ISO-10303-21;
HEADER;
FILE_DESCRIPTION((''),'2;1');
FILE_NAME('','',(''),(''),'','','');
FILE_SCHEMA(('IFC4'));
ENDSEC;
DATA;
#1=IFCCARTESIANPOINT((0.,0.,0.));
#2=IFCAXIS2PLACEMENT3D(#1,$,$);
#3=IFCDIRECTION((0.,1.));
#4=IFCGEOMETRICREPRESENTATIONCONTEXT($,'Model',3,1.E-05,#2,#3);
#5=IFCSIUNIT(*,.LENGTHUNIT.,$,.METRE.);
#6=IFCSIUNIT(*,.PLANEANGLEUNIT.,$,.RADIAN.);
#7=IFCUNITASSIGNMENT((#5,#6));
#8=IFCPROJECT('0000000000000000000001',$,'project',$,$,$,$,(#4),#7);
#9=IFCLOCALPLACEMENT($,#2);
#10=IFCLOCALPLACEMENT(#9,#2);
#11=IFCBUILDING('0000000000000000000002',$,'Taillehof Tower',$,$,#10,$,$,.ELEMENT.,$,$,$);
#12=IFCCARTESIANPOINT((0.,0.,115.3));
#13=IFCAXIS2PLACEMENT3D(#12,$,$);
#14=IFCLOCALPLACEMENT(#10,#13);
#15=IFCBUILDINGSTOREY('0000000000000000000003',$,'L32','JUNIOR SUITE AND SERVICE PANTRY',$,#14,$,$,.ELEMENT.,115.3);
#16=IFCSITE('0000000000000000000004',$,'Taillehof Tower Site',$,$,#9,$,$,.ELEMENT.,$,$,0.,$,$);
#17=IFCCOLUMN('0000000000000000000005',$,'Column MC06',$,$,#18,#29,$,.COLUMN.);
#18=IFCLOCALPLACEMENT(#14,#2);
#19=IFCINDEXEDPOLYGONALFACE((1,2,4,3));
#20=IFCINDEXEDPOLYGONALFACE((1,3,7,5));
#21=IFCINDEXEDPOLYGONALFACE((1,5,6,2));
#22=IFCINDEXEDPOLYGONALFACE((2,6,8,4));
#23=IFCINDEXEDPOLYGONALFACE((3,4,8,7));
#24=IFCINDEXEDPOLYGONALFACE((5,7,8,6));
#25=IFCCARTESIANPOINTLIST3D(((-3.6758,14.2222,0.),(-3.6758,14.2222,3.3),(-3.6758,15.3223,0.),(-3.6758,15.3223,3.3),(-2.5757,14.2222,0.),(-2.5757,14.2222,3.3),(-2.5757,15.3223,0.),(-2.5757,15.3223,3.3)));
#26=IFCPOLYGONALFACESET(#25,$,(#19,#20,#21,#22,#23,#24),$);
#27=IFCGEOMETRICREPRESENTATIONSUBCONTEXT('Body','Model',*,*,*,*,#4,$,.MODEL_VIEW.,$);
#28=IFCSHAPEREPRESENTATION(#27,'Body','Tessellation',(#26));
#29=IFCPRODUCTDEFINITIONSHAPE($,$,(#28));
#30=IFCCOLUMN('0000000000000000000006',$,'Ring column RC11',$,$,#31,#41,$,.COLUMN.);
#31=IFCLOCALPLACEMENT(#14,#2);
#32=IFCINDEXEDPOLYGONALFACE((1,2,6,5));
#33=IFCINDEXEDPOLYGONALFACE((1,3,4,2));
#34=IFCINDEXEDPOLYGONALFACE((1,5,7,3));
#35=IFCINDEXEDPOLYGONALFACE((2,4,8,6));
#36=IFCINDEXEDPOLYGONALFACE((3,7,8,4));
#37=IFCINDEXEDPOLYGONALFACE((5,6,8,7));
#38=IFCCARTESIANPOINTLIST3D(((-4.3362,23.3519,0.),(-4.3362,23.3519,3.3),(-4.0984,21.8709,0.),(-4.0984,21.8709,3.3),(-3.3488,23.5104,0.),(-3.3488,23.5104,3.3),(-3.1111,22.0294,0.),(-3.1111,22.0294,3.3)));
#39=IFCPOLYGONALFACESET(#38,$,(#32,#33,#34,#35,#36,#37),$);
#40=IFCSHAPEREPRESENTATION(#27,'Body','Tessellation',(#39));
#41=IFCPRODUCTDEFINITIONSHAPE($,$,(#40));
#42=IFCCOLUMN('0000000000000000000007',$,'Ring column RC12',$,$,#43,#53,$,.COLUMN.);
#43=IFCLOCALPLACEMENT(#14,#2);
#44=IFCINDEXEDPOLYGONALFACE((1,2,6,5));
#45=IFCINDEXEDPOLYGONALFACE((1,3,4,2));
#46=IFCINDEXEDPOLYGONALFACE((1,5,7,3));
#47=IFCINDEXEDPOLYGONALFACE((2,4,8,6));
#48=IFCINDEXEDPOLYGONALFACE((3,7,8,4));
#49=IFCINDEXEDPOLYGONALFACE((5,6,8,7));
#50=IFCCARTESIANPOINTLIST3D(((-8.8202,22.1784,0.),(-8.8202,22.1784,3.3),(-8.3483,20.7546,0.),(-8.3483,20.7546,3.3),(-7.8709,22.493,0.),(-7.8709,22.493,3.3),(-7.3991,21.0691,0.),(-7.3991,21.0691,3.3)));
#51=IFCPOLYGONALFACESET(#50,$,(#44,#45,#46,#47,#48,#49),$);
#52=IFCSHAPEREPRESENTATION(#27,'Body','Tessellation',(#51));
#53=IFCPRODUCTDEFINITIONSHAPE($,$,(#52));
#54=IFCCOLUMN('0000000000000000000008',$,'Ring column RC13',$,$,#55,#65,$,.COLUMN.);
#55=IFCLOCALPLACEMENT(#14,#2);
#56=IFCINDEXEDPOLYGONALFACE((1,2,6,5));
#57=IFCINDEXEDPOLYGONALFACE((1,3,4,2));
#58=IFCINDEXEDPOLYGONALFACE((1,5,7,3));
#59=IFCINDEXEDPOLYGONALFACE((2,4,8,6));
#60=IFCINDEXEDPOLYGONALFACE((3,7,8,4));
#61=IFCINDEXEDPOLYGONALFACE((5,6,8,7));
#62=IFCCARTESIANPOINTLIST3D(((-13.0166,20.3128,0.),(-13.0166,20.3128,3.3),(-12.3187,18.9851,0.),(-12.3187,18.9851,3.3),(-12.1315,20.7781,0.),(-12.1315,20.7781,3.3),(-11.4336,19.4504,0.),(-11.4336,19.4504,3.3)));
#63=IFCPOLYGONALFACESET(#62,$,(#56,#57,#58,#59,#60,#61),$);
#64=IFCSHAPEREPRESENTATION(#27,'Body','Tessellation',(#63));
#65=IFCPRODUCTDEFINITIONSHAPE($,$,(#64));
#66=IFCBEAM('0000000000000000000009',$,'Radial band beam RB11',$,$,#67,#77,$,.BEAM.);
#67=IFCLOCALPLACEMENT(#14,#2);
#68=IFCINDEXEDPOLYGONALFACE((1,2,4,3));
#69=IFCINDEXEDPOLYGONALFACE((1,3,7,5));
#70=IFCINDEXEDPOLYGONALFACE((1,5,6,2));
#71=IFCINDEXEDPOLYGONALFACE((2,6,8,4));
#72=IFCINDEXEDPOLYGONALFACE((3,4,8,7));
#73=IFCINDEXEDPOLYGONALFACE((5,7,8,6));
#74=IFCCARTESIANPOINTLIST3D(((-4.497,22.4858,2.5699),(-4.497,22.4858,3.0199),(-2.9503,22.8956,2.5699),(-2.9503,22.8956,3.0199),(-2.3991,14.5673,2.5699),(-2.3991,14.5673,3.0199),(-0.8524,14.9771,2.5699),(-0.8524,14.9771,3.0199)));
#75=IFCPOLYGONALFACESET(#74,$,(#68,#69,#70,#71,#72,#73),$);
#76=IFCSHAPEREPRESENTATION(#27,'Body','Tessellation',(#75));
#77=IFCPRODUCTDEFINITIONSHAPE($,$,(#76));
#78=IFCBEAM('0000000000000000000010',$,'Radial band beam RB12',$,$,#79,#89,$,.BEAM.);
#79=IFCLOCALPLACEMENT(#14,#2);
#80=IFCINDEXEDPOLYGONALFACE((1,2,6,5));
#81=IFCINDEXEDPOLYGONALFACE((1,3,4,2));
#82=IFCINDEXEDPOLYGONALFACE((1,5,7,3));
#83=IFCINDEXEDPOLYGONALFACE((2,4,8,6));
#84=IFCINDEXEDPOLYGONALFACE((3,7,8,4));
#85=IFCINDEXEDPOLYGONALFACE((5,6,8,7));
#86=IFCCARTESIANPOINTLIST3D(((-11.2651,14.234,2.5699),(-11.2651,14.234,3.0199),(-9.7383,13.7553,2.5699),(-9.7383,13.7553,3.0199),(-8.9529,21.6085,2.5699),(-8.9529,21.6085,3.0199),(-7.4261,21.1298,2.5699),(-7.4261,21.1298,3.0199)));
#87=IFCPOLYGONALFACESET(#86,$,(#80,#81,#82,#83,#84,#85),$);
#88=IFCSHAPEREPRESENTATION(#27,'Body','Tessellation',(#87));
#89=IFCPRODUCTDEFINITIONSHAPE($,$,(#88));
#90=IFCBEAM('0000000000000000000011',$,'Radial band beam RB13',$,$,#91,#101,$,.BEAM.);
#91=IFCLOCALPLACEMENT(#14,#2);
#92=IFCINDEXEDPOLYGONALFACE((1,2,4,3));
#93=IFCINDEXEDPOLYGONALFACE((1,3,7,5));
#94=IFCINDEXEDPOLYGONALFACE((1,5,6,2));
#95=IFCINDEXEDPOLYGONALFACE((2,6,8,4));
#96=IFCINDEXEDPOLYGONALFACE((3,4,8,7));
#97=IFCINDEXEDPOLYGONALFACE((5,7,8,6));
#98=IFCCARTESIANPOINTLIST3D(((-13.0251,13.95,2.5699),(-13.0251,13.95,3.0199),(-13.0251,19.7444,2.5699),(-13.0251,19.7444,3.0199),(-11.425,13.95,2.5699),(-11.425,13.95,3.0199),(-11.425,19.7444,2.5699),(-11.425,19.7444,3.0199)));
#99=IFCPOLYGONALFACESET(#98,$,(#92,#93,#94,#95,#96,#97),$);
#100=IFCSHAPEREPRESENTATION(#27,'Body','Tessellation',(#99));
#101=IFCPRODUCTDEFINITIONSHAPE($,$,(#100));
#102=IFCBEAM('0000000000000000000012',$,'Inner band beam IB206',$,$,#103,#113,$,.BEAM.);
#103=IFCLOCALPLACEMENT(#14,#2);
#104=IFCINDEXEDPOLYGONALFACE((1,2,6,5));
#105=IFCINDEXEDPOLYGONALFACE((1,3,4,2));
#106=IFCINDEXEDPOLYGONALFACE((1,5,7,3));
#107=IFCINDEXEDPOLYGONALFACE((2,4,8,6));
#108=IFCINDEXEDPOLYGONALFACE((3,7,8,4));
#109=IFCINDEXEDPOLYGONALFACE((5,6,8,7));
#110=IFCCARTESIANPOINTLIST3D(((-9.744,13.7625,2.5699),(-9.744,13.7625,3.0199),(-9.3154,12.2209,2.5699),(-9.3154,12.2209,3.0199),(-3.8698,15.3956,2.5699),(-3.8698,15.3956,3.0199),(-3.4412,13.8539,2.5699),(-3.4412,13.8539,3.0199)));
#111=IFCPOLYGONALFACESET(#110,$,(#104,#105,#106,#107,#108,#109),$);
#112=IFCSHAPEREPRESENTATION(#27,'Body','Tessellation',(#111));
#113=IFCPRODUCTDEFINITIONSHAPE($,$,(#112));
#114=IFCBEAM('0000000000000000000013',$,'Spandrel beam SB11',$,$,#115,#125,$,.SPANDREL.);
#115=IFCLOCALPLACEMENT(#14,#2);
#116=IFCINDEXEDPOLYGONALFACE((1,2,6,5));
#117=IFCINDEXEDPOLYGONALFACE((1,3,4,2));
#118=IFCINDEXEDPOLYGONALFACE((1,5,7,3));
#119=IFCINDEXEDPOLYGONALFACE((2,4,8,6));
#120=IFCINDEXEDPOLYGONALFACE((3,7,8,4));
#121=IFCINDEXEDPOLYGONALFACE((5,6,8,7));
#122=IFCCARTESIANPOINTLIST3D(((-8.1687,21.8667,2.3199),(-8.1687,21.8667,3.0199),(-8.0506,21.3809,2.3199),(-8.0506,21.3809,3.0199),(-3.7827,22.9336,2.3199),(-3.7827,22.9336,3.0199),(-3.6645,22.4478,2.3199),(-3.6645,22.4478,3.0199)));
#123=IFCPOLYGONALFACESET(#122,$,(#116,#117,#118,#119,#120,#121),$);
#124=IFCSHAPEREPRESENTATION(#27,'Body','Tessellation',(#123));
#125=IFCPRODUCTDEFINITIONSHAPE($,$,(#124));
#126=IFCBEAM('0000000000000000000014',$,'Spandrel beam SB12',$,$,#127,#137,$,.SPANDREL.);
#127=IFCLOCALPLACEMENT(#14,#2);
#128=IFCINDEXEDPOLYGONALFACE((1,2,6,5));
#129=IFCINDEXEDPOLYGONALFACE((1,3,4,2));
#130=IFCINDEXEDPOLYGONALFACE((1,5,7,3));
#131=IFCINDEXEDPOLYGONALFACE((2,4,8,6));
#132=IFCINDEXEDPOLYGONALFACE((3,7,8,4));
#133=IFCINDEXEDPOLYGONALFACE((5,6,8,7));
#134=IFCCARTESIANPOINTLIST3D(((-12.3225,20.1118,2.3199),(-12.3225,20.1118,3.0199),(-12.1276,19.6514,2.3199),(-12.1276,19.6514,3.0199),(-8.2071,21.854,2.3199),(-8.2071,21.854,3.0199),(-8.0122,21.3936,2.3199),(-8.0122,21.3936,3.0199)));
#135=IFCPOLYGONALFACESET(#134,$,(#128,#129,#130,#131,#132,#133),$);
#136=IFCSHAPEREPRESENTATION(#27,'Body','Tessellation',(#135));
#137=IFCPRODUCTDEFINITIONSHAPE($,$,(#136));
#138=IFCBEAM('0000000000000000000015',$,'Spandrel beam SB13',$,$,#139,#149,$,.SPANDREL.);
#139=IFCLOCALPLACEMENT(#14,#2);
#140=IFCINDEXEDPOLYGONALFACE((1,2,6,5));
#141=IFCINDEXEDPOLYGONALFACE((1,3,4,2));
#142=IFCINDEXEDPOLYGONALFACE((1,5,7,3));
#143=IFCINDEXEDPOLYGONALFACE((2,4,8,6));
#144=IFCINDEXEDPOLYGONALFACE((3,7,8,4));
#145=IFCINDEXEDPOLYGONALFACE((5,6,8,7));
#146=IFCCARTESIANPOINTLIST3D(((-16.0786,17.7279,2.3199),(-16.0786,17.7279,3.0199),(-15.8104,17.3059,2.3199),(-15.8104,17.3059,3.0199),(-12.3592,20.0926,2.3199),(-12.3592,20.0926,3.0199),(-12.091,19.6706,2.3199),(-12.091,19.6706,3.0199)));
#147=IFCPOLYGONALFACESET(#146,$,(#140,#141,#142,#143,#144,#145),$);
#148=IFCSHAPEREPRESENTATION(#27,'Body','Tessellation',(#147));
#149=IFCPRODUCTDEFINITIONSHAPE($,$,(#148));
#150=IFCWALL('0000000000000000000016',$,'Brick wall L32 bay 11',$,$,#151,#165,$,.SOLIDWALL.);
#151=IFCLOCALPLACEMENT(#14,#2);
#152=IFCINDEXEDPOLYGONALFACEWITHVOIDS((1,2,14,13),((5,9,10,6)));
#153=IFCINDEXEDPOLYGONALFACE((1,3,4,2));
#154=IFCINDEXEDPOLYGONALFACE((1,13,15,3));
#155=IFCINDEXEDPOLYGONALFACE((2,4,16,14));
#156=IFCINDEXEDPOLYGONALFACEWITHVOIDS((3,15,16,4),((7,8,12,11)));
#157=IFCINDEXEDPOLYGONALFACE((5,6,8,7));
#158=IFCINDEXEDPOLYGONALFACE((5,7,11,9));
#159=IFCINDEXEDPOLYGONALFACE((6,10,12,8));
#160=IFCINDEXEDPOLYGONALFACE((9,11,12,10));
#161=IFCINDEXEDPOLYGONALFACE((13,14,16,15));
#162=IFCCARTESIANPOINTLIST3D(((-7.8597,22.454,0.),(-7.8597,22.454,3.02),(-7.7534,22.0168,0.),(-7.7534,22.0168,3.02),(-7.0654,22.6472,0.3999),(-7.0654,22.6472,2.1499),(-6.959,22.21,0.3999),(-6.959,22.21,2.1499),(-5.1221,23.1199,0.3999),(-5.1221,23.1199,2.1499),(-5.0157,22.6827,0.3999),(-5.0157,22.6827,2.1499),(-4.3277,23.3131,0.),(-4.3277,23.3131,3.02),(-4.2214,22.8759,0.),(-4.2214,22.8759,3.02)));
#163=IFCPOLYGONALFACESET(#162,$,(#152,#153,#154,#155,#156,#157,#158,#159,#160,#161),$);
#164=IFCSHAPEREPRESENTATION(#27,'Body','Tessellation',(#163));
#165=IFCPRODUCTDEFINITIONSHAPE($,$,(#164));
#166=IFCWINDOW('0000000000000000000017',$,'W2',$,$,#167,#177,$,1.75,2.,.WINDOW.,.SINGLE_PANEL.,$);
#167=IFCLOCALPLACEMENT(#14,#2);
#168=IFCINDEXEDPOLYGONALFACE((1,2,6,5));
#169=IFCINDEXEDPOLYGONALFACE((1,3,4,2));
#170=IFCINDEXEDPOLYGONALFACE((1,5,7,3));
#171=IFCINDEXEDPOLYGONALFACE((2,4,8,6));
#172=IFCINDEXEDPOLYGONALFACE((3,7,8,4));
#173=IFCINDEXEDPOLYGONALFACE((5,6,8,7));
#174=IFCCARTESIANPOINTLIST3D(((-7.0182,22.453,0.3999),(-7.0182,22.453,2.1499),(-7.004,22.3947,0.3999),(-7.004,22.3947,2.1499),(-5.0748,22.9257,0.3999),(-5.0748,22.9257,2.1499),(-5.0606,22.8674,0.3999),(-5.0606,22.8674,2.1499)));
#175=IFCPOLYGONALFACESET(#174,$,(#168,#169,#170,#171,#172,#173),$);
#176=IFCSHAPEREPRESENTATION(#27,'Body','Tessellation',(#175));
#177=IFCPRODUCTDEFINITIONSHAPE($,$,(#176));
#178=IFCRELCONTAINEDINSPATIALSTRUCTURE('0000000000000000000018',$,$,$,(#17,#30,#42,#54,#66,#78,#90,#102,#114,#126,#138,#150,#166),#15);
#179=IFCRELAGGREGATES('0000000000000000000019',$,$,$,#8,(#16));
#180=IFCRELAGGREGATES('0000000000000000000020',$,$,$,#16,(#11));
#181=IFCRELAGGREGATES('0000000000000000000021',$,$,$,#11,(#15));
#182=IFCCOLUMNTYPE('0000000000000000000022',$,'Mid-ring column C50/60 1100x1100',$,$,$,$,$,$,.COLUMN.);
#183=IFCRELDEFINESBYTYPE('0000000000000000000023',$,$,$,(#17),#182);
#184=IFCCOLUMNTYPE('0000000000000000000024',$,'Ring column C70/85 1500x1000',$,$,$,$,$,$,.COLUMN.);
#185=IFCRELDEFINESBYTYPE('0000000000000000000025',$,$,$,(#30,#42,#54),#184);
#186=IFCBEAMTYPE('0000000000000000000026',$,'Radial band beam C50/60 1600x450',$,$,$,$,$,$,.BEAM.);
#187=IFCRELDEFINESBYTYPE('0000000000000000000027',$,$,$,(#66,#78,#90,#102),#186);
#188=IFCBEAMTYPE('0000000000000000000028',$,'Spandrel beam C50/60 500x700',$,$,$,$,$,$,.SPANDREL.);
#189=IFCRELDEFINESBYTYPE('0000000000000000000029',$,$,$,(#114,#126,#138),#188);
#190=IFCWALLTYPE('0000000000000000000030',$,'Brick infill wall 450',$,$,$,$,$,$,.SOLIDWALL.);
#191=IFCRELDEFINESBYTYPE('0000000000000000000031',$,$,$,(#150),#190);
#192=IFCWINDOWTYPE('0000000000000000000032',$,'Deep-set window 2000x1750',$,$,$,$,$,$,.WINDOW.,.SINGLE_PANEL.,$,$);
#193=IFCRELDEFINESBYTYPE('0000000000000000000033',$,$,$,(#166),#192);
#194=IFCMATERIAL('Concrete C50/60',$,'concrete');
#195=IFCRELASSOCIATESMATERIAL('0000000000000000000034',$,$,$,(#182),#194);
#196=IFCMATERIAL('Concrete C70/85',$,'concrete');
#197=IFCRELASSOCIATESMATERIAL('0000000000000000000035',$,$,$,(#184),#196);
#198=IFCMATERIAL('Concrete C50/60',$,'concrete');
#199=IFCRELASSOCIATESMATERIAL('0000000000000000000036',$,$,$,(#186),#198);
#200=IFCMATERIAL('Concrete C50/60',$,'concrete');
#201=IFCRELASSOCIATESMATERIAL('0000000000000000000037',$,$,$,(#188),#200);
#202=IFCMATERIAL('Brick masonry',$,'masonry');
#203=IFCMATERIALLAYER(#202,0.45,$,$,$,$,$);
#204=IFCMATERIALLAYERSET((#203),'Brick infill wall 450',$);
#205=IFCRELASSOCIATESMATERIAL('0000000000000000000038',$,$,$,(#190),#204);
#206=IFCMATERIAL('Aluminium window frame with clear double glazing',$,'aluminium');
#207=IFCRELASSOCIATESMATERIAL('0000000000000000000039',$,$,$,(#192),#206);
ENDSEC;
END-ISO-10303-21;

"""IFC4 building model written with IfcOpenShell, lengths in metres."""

from ifc_helpers import new_model, si_unit, direction, frame, frame_2d, origin, origin_2d, place, context, subcontext, project, spatial, rectangle, extrude, material, layer, layer_set, material_profile, profile_set, type_object, element, fill, save


model = new_model("IFC4")

# Units and contexts
model_context = context("Model", 3, precision=1e-05, world=origin(), true_north=direction((0.0, 1.0)))
body_context = subcontext(model_context, "Body", "Model", "MODEL_VIEW")
ifc_project = project(units=[si_unit("LENGTHUNIT", "METRE"), si_unit("PLANEANGLEUNIT", "RADIAN")], contexts=[model_context])

# Site, building, storey
site_placement = place(None, origin())
site = spatial("IfcSite", under=ifc_project, at=site_placement, Name="Taillehof Tower Site", CompositionType="ELEMENT", RefElevation=0.0)
building_placement = place(site_placement, origin())
building = spatial("IfcBuilding", under=site, at=building_placement, Name="Taillehof Tower", CompositionType="ELEMENT")
storey_placement = place(building_placement, frame((0.0, 0.0, 115.3)))
storey = spatial("IfcBuildingStorey", under=building, at=storey_placement, Name="L32", Description="JUNIOR SUITE AND SERVICE PANTRY", CompositionType="ELEMENT", Elevation=115.3)

# Columns
ifc_material_1 = material(Name="Concrete C50/60", Category="concrete")
ifc_material_profile_1 = material_profile(ifc_material_1, rectangle(XDim=1.1001, YDim=1.1001, at=origin_2d()), Name="RC 1100x1100")
ifc_profile_set_1 = profile_set([ifc_material_profile_1], Name="Concrete C50/60")
column_type_1 = type_object("IfcColumnType", Name="Mid-ring column C50/60 1100x1100", PredefinedType="COLUMN", material=ifc_profile_set_1)
column_placement = place(storey_placement, frame((-3.1257, 14.7722, 0.0), z_axis=(0.0, 0.0, 1.0), x_axis=(1.0, 0.0, 0.0)))
element("IfcColumn", 1, at=column_placement, inside=storey, type_object=column_type_1, Name="Column MC06", PredefinedType="COLUMN", context=body_context, shape_type="SweptSolid", body=[
    extrude(rectangle(XDim=1.1001, YDim=1.1001, at=origin_2d()), origin(), (0.0, 0.0, 1.0), 3.3),
])
ifc_material_2 = material(Name="Concrete C70/85", Category="concrete")
ifc_material_profile_2 = material_profile(ifc_material_2, rectangle(XDim=1.5, YDim=1.0, at=origin_2d()), Name="RC 1500x1000")
ifc_profile_set_2 = profile_set([ifc_material_profile_2], Name="Concrete C70/85")
column_type_2 = type_object("IfcColumnType", Name="Ring column C70/85 1500x1000", PredefinedType="COLUMN", material=ifc_profile_set_2)
for number, where, z_axis, x_axis, name in (
    (2, (-3.7236, 22.6907, 0.0), (0.0, 0.0, 1.0), (-0.158507, 0.987358, 0.0), "Ring column RC11"),
    (3, (-8.1096, 21.6238, 0.0), (0.0, 0.0, 1.0), (-0.314555, 0.949239, 0.0), "Ring column RC12"),
    (4, (-12.2251, 19.8816, 0.0), (0.0, 0.0, 1.0), (-0.465283, 0.885162, 0.0), "Ring column RC13"),
):
    element("IfcColumn", number, at=place(storey_placement, frame(where, z_axis=z_axis, x_axis=x_axis)), inside=storey, type_object=column_type_2, Name=name, PredefinedType="COLUMN", context=body_context, shape_type="SweptSolid", body=[
        extrude(rectangle(XDim=1.5, YDim=1.0, at=origin_2d()), origin(), (0.0, 0.0, 1.0), 3.3),
    ])

# Beams
ifc_material_3 = material(Name="Concrete C50/60", Category="concrete")
ifc_material_profile_3 = material_profile(ifc_material_3, rectangle(XDim=1.6001, YDim=0.45, at=origin_2d()), Name="RC 1600x450")
ifc_profile_set_3 = profile_set([ifc_material_profile_3], Name="Concrete C50/60")
beam_type_1 = type_object("IfcBeamType", Name="Radial band beam C50/60 1600x450", PredefinedType="BEAM", material=ifc_profile_set_3)
beam_1_placement = place(storey_placement, frame((-3.7236, 22.6907, 2.7949), z_axis=(0.256102, -0.96665, 0.0), x_axis=(0.96665, 0.256102, 0.0)))
element("IfcBeam", 5, at=beam_1_placement, inside=storey, type_object=beam_type_1, Name="Radial band beam RB11", PredefinedType="BEAM", context=body_context, shape_type="SweptSolid", body=[
    extrude(rectangle(XDim=1.6001, YDim=0.45, at=origin_2d()), origin(), (0.0, 0.0, 1.0), 8.1917),
])
beam_2_placement = place(storey_placement, frame((-8.1895, 21.3691, 2.7949), z_axis=(-0.299185, -0.954195, 0.0), x_axis=(0.954195, -0.299185, 0.0)))
element("IfcBeam", 6, at=beam_2_placement, inside=storey, type_object=beam_type_1, Name="Radial band beam RB12", PredefinedType="BEAM", context=body_context, shape_type="SweptSolid", body=[
    extrude(rectangle(XDim=1.6001, YDim=0.45, at=origin_2d()), origin(), (0.0, 0.0, 1.0), 7.7285),
])
beam_3_placement = place(storey_placement, frame((-12.2251, 19.7444, 2.7949), z_axis=(0.0, -1.0, 0.0), x_axis=(1.0, 0.0, 0.0)))
element("IfcBeam", 7, at=beam_3_placement, inside=storey, type_object=beam_type_1, Name="Radial band beam RB13", PredefinedType="BEAM", context=body_context, shape_type="SweptSolid", body=[
    extrude(rectangle(XDim=1.6001, YDim=0.45, at=origin_2d()), origin(), (0.0, 0.0, 1.0), 5.7944),
])
beam_4_placement = place(storey_placement, frame((-3.6555, 14.6248, 2.7949), z_axis=(-0.963459, -0.267855, 0.0), x_axis=(0.267855, -0.963459, 0.0)))
element("IfcBeam", 8, at=beam_4_placement, inside=storey, type_object=beam_type_1, Name="Inner band beam IB206", PredefinedType="BEAM", context=body_context, shape_type="SweptSolid", body=[
    extrude(rectangle(XDim=1.6001, YDim=0.45, at=origin_2d()), origin(), (0.0, 0.0, 1.0), 6.0969),
])
ifc_material_4 = material(Name="Concrete C50/60", Category="concrete")
ifc_material_profile_4 = material_profile(ifc_material_4, rectangle(XDim=0.5, YDim=0.7, at=origin_2d()), Name="RC 500x700")
ifc_profile_set_4 = profile_set([ifc_material_profile_4], Name="Concrete C50/60")
beam_type_2 = type_object("IfcBeamType", Name="Spandrel beam C50/60 500x700", PredefinedType="SPANDREL", material=ifc_profile_set_4)
beam_5_placement = place(storey_placement, frame((-3.7236, 22.6907, 2.6699), z_axis=(-0.971666, -0.236358, 0.0), x_axis=(0.236358, -0.971666, 0.0)))
element("IfcBeam", 9, at=beam_5_placement, inside=storey, type_object=beam_type_2, Name="Spandrel beam SB11", PredefinedType="SPANDREL", context=body_context, shape_type="SweptSolid", body=[
    extrude(rectangle(XDim=0.5, YDim=0.7, at=origin_2d()), origin(), (0.0, 0.0, 1.0), 4.5139),
])
beam_6_placement = place(storey_placement, frame((-8.1096, 21.6238, 2.6699), z_axis=(-0.920885, -0.389834, 0.0), x_axis=(0.389834, -0.920885, 0.0)))
element("IfcBeam", 10, at=beam_6_placement, inside=storey, type_object=beam_type_2, Name="Spandrel beam SB12", PredefinedType="SPANDREL", context=body_context, shape_type="SweptSolid", body=[
    extrude(rectangle(XDim=0.5, YDim=0.7, at=origin_2d()), origin(), (0.0, 0.0, 1.0), 4.469),
])
beam_7_placement = place(storey_placement, frame((-12.2251, 19.8816, 2.6699), z_axis=(-0.843887, -0.536521, 0.0), x_axis=(0.536521, -0.843887, 0.0)))
element("IfcBeam", 11, at=beam_7_placement, inside=storey, type_object=beam_type_2, Name="Spandrel beam SB13", PredefinedType="SPANDREL", context=body_context, shape_type="SweptSolid", body=[
    extrude(rectangle(XDim=0.5, YDim=0.7, at=origin_2d()), origin(), (0.0, 0.0, 1.0), 4.4075),
])

# Wall, opening, window
ifc_material_5 = material(Name="Brick masonry", Category="masonry")
ifc_layer_1 = layer(ifc_material_5, 0.45)
ifc_layer_set_1 = layer_set([ifc_layer_1], Name="Brick infill wall 450")
wall_type_1 = type_object("IfcWallType", Name="Brick infill wall 450", PredefinedType="SOLIDWALL", material=ifc_layer_set_1)
wall_1_placement = place(storey_placement, frame((-4.2747, 23.0945, 0.0), z_axis=(0.0, 0.0, 1.0), x_axis=(-0.971668, -0.236352, 0.0)))
wall_1 = element("IfcWall", 12, at=wall_1_placement, inside=storey, type_object=wall_type_1, Name="Brick wall L32 bay 11", PredefinedType="SOLIDWALL", context=body_context, shape_type="SweptSolid", body=[
    extrude(rectangle(XDim=3.635, YDim=0.45, at=frame_2d((1.8174, 0.0))), origin(), (0.0, 0.0, 1.0), 3.02),
])
opening_1_placement = place(wall_1_placement, frame((0.8174, 0.0, 0.3999)))
opening_1 = element("IfcOpeningElement", 13, at=opening_1_placement, cuts=wall_1, PredefinedType="OPENING", context=body_context, shape_type="SweptSolid", body=[
    extrude(rectangle(XDim=2.0, YDim=1.75, at=frame_2d((1.0, 0.875))), frame((0.0, 0.2349, 0.0), z_axis=(0.0, -1.0, 0.0), x_axis=(1.0, 0.0, 0.0)), (0.0, 0.0, 1.0), 0.47),
])
ifc_material_6 = material(Name="Aluminium window frame with clear double glazing", Category="aluminium")
window_type = type_object("IfcWindowType", Name="Deep-set window 2000x1750", PartitioningType="SINGLE_PANEL", PredefinedType="WINDOW", material=ifc_material_6)
window_1_placement = place(opening_1_placement, origin())
window_1 = element("IfcWindow", 14, at=window_1_placement, inside=storey, type_object=window_type, Name="W2", OverallHeight=1.75, OverallWidth=2.0, PartitioningType="SINGLE_PANEL", PredefinedType="WINDOW", context=body_context, shape_type="SweptSolid", body=[
    extrude(rectangle(XDim=2.0, YDim=1.75, at=frame_2d((1.0, 0.875))), frame((0.0, 0.0349, 0.0), z_axis=(0.0, -1.0, 0.0), x_axis=(1.0, 0.0, 0.0)), (0.0, 0.0, 1.0), 0.0601),
])
fill(opening_1, window_1)

save(model, "model.ifc")
